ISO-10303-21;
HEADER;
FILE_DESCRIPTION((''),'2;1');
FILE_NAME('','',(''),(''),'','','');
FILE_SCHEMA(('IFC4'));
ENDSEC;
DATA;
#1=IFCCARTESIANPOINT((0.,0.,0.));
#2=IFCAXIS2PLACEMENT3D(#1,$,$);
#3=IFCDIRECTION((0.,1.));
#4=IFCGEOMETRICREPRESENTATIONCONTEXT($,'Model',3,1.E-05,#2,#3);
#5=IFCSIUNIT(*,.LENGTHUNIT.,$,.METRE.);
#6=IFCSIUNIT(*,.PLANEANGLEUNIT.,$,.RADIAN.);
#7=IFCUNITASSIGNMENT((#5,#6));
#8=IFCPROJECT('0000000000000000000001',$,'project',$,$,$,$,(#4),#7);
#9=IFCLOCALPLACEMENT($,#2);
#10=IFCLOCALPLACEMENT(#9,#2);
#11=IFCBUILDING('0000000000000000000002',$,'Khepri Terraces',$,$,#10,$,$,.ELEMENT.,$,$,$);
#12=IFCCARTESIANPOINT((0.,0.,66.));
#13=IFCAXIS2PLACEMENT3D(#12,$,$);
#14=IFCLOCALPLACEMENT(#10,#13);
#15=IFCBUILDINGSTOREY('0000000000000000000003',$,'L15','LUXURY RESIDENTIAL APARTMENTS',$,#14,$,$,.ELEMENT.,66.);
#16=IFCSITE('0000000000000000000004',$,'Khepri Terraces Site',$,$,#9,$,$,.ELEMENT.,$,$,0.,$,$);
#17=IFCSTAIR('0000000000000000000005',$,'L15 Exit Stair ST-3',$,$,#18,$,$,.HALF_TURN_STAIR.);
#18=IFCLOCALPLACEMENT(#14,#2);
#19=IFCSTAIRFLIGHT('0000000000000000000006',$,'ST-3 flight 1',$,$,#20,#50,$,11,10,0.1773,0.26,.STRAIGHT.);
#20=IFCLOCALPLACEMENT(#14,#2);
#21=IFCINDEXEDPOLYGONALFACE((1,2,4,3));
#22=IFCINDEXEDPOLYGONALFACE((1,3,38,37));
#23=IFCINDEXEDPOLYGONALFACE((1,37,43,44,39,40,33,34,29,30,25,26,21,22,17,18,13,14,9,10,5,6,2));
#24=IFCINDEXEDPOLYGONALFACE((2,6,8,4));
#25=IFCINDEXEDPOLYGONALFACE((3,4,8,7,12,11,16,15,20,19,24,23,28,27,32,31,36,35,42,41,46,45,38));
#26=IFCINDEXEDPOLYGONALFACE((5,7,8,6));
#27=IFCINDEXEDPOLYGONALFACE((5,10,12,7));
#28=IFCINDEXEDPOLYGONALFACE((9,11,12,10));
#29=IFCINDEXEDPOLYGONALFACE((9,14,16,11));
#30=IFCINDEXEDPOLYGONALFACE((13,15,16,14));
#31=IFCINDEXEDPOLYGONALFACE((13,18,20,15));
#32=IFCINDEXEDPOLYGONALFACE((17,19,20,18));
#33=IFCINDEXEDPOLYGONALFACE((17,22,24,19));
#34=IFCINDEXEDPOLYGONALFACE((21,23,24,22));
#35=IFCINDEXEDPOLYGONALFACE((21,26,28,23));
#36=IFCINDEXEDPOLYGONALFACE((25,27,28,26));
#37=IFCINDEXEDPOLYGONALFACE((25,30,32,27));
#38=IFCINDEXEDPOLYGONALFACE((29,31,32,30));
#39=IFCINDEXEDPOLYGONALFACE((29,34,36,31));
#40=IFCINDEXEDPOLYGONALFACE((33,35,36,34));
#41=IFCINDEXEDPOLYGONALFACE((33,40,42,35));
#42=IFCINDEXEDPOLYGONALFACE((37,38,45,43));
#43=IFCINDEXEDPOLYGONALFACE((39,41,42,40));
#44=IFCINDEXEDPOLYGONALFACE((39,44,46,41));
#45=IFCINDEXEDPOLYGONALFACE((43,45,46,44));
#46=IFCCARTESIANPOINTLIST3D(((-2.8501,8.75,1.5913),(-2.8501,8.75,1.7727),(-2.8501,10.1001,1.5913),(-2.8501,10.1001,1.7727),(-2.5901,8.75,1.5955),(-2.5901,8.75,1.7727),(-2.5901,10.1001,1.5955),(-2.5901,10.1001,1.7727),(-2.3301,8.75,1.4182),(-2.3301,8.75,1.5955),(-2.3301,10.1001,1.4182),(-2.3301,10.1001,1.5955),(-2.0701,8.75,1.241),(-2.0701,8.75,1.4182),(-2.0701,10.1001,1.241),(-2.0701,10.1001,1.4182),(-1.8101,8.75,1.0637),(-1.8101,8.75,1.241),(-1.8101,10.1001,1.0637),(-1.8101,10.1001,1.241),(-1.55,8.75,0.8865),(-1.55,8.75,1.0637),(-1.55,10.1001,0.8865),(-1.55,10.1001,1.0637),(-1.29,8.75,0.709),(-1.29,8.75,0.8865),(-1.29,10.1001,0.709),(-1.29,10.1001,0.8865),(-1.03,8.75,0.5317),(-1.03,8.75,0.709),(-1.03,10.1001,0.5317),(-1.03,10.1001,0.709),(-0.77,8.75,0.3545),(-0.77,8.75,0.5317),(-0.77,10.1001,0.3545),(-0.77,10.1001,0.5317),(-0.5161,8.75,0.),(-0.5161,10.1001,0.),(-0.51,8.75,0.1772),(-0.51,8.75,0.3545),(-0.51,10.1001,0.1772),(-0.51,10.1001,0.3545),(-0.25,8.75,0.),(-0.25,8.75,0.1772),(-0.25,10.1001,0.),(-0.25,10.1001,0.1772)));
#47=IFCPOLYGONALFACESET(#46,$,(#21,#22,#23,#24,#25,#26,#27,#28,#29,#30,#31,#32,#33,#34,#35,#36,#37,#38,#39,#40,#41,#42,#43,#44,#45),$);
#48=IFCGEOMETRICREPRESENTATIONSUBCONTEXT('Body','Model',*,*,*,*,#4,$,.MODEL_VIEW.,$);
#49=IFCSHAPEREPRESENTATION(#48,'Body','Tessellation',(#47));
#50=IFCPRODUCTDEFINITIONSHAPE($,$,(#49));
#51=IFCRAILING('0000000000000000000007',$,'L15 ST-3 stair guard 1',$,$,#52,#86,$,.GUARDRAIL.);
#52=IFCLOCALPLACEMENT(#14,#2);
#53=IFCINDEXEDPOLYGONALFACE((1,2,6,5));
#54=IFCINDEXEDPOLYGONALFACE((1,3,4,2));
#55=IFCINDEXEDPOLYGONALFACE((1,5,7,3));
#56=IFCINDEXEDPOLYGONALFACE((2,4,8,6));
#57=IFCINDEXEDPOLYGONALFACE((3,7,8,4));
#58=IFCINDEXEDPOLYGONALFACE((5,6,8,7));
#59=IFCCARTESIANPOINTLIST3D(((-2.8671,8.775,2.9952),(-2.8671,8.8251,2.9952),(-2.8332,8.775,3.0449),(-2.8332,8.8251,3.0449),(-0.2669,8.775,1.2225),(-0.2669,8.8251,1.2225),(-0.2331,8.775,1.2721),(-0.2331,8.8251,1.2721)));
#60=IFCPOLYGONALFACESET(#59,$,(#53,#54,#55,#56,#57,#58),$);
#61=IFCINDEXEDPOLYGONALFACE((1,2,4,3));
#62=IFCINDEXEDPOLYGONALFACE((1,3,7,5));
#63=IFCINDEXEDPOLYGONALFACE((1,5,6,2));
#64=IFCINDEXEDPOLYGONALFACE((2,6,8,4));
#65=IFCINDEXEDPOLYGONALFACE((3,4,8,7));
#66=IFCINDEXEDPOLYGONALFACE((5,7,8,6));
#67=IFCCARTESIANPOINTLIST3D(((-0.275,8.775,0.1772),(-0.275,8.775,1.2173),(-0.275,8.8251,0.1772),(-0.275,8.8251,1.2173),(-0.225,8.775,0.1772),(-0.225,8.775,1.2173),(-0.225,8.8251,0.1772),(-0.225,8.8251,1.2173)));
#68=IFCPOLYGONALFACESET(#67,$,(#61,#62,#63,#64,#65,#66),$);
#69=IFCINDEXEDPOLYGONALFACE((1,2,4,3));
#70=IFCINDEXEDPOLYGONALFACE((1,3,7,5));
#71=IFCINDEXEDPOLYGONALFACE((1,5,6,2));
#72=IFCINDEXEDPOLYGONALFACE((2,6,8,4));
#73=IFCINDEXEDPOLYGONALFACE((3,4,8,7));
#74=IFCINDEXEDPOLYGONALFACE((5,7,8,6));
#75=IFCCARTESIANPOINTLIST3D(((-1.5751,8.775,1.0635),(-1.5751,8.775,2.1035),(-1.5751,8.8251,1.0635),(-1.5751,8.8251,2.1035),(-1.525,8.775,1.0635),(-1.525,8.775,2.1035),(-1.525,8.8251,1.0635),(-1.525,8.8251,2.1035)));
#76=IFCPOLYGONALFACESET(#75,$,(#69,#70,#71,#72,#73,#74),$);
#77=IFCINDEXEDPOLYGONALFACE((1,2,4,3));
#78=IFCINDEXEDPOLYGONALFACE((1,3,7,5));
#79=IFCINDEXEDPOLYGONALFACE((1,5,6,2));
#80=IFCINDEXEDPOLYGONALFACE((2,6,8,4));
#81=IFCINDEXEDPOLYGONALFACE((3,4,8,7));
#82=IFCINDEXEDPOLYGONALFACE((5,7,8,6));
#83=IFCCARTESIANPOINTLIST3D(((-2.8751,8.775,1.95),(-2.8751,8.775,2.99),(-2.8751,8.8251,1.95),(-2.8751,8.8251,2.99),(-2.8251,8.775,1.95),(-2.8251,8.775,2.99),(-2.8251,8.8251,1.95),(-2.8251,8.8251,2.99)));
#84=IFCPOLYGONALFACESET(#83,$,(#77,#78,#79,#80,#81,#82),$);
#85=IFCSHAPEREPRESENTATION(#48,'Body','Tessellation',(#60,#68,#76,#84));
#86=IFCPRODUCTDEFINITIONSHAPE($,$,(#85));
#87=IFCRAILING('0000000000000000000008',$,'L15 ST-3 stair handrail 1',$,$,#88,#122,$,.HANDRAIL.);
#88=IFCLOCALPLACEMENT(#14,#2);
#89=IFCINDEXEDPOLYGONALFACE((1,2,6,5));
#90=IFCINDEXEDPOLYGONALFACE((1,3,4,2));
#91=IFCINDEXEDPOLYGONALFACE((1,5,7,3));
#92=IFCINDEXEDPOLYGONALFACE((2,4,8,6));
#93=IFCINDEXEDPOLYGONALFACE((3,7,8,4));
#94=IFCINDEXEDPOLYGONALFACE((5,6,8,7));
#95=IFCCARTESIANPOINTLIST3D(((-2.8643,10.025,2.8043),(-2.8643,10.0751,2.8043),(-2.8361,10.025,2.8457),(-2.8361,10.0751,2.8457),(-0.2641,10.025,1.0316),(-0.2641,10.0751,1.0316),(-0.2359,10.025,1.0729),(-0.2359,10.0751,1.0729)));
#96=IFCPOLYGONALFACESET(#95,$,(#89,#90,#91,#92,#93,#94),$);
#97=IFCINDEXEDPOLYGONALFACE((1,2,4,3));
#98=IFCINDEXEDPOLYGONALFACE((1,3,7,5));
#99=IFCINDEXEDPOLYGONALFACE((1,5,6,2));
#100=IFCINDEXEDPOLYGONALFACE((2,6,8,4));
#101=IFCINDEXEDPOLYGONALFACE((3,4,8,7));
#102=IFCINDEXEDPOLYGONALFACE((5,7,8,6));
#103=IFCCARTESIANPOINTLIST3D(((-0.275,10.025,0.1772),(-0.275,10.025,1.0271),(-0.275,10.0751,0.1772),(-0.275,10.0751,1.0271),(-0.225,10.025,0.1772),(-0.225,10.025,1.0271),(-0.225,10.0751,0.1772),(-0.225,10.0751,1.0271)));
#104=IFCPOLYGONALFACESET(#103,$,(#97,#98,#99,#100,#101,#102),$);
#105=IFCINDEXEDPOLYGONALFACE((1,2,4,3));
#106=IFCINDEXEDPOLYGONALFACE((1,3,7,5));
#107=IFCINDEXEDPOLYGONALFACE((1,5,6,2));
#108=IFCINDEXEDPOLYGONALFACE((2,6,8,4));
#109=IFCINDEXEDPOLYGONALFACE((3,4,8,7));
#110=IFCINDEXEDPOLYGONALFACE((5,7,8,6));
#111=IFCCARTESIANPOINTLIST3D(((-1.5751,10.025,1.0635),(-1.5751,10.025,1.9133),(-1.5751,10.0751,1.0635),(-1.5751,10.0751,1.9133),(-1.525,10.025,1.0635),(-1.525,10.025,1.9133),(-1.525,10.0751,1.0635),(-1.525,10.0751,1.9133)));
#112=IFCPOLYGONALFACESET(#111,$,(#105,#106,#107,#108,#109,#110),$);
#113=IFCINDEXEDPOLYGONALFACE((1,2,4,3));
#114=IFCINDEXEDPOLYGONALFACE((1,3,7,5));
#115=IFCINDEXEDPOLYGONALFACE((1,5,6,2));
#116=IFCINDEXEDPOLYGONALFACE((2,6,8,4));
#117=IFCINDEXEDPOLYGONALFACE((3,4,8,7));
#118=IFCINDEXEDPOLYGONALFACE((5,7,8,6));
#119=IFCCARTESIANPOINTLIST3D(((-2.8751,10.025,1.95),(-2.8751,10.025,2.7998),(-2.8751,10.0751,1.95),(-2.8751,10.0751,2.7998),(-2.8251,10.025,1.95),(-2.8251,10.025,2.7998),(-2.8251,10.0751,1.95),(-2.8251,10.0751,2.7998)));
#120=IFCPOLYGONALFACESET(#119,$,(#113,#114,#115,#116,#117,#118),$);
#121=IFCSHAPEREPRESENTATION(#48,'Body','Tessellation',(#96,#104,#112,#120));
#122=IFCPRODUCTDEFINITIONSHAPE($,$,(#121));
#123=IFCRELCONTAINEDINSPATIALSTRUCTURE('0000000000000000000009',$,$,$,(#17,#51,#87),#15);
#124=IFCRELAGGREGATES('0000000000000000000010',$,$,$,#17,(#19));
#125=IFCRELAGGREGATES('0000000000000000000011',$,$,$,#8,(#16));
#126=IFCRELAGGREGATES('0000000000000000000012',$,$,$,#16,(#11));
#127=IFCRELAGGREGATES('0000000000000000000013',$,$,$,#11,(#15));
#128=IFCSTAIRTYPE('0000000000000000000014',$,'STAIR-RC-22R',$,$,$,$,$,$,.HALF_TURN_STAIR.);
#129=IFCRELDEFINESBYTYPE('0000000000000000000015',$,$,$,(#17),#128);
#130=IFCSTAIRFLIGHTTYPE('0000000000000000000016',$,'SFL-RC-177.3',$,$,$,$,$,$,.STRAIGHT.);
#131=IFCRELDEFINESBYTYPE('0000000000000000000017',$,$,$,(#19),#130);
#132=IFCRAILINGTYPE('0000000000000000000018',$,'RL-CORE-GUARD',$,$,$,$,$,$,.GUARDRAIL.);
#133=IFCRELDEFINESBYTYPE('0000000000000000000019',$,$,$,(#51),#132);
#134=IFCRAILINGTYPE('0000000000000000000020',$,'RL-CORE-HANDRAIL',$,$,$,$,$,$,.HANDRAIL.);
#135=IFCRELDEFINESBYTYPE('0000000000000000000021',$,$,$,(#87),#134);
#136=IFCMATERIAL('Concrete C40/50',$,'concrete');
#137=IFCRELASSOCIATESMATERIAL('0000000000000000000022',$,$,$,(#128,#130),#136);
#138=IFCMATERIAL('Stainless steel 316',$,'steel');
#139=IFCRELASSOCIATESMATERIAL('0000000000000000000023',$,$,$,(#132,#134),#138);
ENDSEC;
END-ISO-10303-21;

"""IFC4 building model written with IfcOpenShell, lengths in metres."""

from ifc_helpers import new_model, si_unit, direction, frame, origin, origin_2d, place, context, subcontext, project, spatial, polyline, rectangle, outline, extrude, material, type_object, element, aggregate, save


model = new_model("IFC4")

# Units and contexts
model_context = context("Model", 3, precision=1e-05, world=origin(), true_north=direction((0.0, 1.0)))
body_context = subcontext(model_context, "Body", "Model", "MODEL_VIEW")
ifc_project = project(units=[si_unit("LENGTHUNIT", "METRE"), si_unit("PLANEANGLEUNIT", "RADIAN")], contexts=[model_context])

# Site, building, storey
site_placement = place(None, origin())
site = spatial("IfcSite", under=ifc_project, at=site_placement, Name="Khepri Terraces Site", CompositionType="ELEMENT", RefElevation=0.0)
building_placement = place(site_placement, origin())
building = spatial("IfcBuilding", under=site, at=building_placement, Name="Khepri Terraces", CompositionType="ELEMENT")
storey_placement = place(building_placement, frame((0.0, 0.0, 66.0)))
storey = spatial("IfcBuildingStorey", under=building, at=storey_placement, Name="L15", Description="LUXURY RESIDENTIAL APARTMENTS", CompositionType="ELEMENT", Elevation=66.0)

# Stair, stair flight
ifc_material_1 = material(Name="Concrete C40/50", Category="concrete")
stair_type = type_object("IfcStairType", Name="STAIR-RC-22R", PredefinedType="HALF_TURN_STAIR", material=ifc_material_1)
stair_placement = place(storey_placement, origin())
stair = element("IfcStair", 1, at=stair_placement, inside=storey, type_object=stair_type, Name="L15 Exit Stair ST-3", PredefinedType="HALF_TURN_STAIR")
stair_flight_type = type_object("IfcStairFlightType", Name="SFL-RC-177.3", PredefinedType="STRAIGHT", material=ifc_material_1)
stair_flight_placement = place(storey_placement, frame((-0.25, 9.425, 0.0), z_axis=(0.0, 0.0, 1.0), x_axis=(-1.0, 0.0, 0.0)))
stair_flight = element("IfcStairFlight", 2, at=stair_flight_placement, type_object=stair_flight_type, Name="ST-3 flight 1", NumberOfRisers=11, NumberOfTreads=10, PredefinedType="STRAIGHT", RiserHeight=0.1773, TreadLength=0.26, context=body_context, shape_type="SweptSolid", body=[
    extrude(outline(polyline([(0.0, 0.0), (0.0, 0.1772), (0.26, 0.1772), (0.26, 0.3545), (0.52, 0.3545), (0.52, 0.5317), (0.78, 0.5317), (0.78, 0.709), (1.04, 0.709), (1.04, 0.8865), (1.3, 0.8865), (1.3, 1.0637), (1.5601, 1.0637), (1.5601, 1.241), (1.8201, 1.241), (1.8201, 1.4182), (2.0801, 1.4182), (2.0801, 1.5955), (2.3401, 1.5955), (2.3401, 1.7727), (2.6001, 1.7727), (2.6001, 1.95), (2.6001, 1.5913), (0.2661, 0.0), (0.0, 0.0)])), frame((0.0, 0.675, 0.0), z_axis=(0.0, -1.0, 0.0), x_axis=(1.0, 0.0, 0.0)), (0.0, 0.0, 1.0), 1.3501),
])
aggregate(stair, [stair_flight])

# Railings
ifc_material_2 = material(Name="Stainless steel 316", Category="steel")
railing_type_1 = type_object("IfcRailingType", Name="RL-CORE-GUARD", PredefinedType="GUARDRAIL", material=ifc_material_2)
railing_1_placement = place(storey_placement, frame((-0.25, 8.8, 0.1772)))
element("IfcRailing", 3, at=railing_1_placement, inside=storey, type_object=railing_type_1, Name="L15 ST-3 stair guard 1", PredefinedType="GUARDRAIL", context=body_context, shape_type="SweptSolid", body=[
    extrude(rectangle(XDim=0.05, YDim=0.0601, at=origin_2d()), frame((0.0, 0.0, 1.0701), z_axis=(-0.82624, 0.0, 0.563318), x_axis=(0.0, -1.0, 0.0)), (0.0, 0.0, 1.0), 3.147),
    extrude(rectangle(XDim=0.05, YDim=0.05, at=origin_2d()), origin(), (0.0, 0.0, 1.0), 1.04),
    extrude(rectangle(XDim=0.05, YDim=0.05, at=origin_2d()), frame((-1.3, 0.0, 0.8862)), (0.0, 0.0, 1.0), 1.04),
    extrude(rectangle(XDim=0.05, YDim=0.05, at=origin_2d()), frame((-2.6001, 0.0, 1.7727)), (0.0, 0.0, 1.0), 1.04),
])
railing_type_2 = type_object("IfcRailingType", Name="RL-CORE-HANDRAIL", PredefinedType="HANDRAIL", material=ifc_material_2)
railing_2_placement = place(storey_placement, frame((-0.25, 10.05, 0.1772)))
element("IfcRailing", 4, at=railing_2_placement, inside=storey, type_object=railing_type_2, Name="L15 ST-3 stair handrail 1", PredefinedType="HANDRAIL", context=body_context, shape_type="SweptSolid", body=[
    extrude(rectangle(XDim=0.05, YDim=0.05, at=origin_2d()), frame((0.0, 0.0, 0.875), z_axis=(-0.82624, 0.0, 0.563318), x_axis=(0.0, -1.0, 0.0)), (0.0, 0.0, 1.0), 3.147),
    extrude(rectangle(XDim=0.05, YDim=0.05, at=origin_2d()), origin(), (0.0, 0.0, 1.0), 0.8499),
    extrude(rectangle(XDim=0.05, YDim=0.05, at=origin_2d()), frame((-1.3, 0.0, 0.8862)), (0.0, 0.0, 1.0), 0.8499),
    extrude(rectangle(XDim=0.05, YDim=0.05, at=origin_2d()), frame((-2.6001, 0.0, 1.7727)), (0.0, 0.0, 1.0), 0.8499),
])

save(model, "model.ifc")
